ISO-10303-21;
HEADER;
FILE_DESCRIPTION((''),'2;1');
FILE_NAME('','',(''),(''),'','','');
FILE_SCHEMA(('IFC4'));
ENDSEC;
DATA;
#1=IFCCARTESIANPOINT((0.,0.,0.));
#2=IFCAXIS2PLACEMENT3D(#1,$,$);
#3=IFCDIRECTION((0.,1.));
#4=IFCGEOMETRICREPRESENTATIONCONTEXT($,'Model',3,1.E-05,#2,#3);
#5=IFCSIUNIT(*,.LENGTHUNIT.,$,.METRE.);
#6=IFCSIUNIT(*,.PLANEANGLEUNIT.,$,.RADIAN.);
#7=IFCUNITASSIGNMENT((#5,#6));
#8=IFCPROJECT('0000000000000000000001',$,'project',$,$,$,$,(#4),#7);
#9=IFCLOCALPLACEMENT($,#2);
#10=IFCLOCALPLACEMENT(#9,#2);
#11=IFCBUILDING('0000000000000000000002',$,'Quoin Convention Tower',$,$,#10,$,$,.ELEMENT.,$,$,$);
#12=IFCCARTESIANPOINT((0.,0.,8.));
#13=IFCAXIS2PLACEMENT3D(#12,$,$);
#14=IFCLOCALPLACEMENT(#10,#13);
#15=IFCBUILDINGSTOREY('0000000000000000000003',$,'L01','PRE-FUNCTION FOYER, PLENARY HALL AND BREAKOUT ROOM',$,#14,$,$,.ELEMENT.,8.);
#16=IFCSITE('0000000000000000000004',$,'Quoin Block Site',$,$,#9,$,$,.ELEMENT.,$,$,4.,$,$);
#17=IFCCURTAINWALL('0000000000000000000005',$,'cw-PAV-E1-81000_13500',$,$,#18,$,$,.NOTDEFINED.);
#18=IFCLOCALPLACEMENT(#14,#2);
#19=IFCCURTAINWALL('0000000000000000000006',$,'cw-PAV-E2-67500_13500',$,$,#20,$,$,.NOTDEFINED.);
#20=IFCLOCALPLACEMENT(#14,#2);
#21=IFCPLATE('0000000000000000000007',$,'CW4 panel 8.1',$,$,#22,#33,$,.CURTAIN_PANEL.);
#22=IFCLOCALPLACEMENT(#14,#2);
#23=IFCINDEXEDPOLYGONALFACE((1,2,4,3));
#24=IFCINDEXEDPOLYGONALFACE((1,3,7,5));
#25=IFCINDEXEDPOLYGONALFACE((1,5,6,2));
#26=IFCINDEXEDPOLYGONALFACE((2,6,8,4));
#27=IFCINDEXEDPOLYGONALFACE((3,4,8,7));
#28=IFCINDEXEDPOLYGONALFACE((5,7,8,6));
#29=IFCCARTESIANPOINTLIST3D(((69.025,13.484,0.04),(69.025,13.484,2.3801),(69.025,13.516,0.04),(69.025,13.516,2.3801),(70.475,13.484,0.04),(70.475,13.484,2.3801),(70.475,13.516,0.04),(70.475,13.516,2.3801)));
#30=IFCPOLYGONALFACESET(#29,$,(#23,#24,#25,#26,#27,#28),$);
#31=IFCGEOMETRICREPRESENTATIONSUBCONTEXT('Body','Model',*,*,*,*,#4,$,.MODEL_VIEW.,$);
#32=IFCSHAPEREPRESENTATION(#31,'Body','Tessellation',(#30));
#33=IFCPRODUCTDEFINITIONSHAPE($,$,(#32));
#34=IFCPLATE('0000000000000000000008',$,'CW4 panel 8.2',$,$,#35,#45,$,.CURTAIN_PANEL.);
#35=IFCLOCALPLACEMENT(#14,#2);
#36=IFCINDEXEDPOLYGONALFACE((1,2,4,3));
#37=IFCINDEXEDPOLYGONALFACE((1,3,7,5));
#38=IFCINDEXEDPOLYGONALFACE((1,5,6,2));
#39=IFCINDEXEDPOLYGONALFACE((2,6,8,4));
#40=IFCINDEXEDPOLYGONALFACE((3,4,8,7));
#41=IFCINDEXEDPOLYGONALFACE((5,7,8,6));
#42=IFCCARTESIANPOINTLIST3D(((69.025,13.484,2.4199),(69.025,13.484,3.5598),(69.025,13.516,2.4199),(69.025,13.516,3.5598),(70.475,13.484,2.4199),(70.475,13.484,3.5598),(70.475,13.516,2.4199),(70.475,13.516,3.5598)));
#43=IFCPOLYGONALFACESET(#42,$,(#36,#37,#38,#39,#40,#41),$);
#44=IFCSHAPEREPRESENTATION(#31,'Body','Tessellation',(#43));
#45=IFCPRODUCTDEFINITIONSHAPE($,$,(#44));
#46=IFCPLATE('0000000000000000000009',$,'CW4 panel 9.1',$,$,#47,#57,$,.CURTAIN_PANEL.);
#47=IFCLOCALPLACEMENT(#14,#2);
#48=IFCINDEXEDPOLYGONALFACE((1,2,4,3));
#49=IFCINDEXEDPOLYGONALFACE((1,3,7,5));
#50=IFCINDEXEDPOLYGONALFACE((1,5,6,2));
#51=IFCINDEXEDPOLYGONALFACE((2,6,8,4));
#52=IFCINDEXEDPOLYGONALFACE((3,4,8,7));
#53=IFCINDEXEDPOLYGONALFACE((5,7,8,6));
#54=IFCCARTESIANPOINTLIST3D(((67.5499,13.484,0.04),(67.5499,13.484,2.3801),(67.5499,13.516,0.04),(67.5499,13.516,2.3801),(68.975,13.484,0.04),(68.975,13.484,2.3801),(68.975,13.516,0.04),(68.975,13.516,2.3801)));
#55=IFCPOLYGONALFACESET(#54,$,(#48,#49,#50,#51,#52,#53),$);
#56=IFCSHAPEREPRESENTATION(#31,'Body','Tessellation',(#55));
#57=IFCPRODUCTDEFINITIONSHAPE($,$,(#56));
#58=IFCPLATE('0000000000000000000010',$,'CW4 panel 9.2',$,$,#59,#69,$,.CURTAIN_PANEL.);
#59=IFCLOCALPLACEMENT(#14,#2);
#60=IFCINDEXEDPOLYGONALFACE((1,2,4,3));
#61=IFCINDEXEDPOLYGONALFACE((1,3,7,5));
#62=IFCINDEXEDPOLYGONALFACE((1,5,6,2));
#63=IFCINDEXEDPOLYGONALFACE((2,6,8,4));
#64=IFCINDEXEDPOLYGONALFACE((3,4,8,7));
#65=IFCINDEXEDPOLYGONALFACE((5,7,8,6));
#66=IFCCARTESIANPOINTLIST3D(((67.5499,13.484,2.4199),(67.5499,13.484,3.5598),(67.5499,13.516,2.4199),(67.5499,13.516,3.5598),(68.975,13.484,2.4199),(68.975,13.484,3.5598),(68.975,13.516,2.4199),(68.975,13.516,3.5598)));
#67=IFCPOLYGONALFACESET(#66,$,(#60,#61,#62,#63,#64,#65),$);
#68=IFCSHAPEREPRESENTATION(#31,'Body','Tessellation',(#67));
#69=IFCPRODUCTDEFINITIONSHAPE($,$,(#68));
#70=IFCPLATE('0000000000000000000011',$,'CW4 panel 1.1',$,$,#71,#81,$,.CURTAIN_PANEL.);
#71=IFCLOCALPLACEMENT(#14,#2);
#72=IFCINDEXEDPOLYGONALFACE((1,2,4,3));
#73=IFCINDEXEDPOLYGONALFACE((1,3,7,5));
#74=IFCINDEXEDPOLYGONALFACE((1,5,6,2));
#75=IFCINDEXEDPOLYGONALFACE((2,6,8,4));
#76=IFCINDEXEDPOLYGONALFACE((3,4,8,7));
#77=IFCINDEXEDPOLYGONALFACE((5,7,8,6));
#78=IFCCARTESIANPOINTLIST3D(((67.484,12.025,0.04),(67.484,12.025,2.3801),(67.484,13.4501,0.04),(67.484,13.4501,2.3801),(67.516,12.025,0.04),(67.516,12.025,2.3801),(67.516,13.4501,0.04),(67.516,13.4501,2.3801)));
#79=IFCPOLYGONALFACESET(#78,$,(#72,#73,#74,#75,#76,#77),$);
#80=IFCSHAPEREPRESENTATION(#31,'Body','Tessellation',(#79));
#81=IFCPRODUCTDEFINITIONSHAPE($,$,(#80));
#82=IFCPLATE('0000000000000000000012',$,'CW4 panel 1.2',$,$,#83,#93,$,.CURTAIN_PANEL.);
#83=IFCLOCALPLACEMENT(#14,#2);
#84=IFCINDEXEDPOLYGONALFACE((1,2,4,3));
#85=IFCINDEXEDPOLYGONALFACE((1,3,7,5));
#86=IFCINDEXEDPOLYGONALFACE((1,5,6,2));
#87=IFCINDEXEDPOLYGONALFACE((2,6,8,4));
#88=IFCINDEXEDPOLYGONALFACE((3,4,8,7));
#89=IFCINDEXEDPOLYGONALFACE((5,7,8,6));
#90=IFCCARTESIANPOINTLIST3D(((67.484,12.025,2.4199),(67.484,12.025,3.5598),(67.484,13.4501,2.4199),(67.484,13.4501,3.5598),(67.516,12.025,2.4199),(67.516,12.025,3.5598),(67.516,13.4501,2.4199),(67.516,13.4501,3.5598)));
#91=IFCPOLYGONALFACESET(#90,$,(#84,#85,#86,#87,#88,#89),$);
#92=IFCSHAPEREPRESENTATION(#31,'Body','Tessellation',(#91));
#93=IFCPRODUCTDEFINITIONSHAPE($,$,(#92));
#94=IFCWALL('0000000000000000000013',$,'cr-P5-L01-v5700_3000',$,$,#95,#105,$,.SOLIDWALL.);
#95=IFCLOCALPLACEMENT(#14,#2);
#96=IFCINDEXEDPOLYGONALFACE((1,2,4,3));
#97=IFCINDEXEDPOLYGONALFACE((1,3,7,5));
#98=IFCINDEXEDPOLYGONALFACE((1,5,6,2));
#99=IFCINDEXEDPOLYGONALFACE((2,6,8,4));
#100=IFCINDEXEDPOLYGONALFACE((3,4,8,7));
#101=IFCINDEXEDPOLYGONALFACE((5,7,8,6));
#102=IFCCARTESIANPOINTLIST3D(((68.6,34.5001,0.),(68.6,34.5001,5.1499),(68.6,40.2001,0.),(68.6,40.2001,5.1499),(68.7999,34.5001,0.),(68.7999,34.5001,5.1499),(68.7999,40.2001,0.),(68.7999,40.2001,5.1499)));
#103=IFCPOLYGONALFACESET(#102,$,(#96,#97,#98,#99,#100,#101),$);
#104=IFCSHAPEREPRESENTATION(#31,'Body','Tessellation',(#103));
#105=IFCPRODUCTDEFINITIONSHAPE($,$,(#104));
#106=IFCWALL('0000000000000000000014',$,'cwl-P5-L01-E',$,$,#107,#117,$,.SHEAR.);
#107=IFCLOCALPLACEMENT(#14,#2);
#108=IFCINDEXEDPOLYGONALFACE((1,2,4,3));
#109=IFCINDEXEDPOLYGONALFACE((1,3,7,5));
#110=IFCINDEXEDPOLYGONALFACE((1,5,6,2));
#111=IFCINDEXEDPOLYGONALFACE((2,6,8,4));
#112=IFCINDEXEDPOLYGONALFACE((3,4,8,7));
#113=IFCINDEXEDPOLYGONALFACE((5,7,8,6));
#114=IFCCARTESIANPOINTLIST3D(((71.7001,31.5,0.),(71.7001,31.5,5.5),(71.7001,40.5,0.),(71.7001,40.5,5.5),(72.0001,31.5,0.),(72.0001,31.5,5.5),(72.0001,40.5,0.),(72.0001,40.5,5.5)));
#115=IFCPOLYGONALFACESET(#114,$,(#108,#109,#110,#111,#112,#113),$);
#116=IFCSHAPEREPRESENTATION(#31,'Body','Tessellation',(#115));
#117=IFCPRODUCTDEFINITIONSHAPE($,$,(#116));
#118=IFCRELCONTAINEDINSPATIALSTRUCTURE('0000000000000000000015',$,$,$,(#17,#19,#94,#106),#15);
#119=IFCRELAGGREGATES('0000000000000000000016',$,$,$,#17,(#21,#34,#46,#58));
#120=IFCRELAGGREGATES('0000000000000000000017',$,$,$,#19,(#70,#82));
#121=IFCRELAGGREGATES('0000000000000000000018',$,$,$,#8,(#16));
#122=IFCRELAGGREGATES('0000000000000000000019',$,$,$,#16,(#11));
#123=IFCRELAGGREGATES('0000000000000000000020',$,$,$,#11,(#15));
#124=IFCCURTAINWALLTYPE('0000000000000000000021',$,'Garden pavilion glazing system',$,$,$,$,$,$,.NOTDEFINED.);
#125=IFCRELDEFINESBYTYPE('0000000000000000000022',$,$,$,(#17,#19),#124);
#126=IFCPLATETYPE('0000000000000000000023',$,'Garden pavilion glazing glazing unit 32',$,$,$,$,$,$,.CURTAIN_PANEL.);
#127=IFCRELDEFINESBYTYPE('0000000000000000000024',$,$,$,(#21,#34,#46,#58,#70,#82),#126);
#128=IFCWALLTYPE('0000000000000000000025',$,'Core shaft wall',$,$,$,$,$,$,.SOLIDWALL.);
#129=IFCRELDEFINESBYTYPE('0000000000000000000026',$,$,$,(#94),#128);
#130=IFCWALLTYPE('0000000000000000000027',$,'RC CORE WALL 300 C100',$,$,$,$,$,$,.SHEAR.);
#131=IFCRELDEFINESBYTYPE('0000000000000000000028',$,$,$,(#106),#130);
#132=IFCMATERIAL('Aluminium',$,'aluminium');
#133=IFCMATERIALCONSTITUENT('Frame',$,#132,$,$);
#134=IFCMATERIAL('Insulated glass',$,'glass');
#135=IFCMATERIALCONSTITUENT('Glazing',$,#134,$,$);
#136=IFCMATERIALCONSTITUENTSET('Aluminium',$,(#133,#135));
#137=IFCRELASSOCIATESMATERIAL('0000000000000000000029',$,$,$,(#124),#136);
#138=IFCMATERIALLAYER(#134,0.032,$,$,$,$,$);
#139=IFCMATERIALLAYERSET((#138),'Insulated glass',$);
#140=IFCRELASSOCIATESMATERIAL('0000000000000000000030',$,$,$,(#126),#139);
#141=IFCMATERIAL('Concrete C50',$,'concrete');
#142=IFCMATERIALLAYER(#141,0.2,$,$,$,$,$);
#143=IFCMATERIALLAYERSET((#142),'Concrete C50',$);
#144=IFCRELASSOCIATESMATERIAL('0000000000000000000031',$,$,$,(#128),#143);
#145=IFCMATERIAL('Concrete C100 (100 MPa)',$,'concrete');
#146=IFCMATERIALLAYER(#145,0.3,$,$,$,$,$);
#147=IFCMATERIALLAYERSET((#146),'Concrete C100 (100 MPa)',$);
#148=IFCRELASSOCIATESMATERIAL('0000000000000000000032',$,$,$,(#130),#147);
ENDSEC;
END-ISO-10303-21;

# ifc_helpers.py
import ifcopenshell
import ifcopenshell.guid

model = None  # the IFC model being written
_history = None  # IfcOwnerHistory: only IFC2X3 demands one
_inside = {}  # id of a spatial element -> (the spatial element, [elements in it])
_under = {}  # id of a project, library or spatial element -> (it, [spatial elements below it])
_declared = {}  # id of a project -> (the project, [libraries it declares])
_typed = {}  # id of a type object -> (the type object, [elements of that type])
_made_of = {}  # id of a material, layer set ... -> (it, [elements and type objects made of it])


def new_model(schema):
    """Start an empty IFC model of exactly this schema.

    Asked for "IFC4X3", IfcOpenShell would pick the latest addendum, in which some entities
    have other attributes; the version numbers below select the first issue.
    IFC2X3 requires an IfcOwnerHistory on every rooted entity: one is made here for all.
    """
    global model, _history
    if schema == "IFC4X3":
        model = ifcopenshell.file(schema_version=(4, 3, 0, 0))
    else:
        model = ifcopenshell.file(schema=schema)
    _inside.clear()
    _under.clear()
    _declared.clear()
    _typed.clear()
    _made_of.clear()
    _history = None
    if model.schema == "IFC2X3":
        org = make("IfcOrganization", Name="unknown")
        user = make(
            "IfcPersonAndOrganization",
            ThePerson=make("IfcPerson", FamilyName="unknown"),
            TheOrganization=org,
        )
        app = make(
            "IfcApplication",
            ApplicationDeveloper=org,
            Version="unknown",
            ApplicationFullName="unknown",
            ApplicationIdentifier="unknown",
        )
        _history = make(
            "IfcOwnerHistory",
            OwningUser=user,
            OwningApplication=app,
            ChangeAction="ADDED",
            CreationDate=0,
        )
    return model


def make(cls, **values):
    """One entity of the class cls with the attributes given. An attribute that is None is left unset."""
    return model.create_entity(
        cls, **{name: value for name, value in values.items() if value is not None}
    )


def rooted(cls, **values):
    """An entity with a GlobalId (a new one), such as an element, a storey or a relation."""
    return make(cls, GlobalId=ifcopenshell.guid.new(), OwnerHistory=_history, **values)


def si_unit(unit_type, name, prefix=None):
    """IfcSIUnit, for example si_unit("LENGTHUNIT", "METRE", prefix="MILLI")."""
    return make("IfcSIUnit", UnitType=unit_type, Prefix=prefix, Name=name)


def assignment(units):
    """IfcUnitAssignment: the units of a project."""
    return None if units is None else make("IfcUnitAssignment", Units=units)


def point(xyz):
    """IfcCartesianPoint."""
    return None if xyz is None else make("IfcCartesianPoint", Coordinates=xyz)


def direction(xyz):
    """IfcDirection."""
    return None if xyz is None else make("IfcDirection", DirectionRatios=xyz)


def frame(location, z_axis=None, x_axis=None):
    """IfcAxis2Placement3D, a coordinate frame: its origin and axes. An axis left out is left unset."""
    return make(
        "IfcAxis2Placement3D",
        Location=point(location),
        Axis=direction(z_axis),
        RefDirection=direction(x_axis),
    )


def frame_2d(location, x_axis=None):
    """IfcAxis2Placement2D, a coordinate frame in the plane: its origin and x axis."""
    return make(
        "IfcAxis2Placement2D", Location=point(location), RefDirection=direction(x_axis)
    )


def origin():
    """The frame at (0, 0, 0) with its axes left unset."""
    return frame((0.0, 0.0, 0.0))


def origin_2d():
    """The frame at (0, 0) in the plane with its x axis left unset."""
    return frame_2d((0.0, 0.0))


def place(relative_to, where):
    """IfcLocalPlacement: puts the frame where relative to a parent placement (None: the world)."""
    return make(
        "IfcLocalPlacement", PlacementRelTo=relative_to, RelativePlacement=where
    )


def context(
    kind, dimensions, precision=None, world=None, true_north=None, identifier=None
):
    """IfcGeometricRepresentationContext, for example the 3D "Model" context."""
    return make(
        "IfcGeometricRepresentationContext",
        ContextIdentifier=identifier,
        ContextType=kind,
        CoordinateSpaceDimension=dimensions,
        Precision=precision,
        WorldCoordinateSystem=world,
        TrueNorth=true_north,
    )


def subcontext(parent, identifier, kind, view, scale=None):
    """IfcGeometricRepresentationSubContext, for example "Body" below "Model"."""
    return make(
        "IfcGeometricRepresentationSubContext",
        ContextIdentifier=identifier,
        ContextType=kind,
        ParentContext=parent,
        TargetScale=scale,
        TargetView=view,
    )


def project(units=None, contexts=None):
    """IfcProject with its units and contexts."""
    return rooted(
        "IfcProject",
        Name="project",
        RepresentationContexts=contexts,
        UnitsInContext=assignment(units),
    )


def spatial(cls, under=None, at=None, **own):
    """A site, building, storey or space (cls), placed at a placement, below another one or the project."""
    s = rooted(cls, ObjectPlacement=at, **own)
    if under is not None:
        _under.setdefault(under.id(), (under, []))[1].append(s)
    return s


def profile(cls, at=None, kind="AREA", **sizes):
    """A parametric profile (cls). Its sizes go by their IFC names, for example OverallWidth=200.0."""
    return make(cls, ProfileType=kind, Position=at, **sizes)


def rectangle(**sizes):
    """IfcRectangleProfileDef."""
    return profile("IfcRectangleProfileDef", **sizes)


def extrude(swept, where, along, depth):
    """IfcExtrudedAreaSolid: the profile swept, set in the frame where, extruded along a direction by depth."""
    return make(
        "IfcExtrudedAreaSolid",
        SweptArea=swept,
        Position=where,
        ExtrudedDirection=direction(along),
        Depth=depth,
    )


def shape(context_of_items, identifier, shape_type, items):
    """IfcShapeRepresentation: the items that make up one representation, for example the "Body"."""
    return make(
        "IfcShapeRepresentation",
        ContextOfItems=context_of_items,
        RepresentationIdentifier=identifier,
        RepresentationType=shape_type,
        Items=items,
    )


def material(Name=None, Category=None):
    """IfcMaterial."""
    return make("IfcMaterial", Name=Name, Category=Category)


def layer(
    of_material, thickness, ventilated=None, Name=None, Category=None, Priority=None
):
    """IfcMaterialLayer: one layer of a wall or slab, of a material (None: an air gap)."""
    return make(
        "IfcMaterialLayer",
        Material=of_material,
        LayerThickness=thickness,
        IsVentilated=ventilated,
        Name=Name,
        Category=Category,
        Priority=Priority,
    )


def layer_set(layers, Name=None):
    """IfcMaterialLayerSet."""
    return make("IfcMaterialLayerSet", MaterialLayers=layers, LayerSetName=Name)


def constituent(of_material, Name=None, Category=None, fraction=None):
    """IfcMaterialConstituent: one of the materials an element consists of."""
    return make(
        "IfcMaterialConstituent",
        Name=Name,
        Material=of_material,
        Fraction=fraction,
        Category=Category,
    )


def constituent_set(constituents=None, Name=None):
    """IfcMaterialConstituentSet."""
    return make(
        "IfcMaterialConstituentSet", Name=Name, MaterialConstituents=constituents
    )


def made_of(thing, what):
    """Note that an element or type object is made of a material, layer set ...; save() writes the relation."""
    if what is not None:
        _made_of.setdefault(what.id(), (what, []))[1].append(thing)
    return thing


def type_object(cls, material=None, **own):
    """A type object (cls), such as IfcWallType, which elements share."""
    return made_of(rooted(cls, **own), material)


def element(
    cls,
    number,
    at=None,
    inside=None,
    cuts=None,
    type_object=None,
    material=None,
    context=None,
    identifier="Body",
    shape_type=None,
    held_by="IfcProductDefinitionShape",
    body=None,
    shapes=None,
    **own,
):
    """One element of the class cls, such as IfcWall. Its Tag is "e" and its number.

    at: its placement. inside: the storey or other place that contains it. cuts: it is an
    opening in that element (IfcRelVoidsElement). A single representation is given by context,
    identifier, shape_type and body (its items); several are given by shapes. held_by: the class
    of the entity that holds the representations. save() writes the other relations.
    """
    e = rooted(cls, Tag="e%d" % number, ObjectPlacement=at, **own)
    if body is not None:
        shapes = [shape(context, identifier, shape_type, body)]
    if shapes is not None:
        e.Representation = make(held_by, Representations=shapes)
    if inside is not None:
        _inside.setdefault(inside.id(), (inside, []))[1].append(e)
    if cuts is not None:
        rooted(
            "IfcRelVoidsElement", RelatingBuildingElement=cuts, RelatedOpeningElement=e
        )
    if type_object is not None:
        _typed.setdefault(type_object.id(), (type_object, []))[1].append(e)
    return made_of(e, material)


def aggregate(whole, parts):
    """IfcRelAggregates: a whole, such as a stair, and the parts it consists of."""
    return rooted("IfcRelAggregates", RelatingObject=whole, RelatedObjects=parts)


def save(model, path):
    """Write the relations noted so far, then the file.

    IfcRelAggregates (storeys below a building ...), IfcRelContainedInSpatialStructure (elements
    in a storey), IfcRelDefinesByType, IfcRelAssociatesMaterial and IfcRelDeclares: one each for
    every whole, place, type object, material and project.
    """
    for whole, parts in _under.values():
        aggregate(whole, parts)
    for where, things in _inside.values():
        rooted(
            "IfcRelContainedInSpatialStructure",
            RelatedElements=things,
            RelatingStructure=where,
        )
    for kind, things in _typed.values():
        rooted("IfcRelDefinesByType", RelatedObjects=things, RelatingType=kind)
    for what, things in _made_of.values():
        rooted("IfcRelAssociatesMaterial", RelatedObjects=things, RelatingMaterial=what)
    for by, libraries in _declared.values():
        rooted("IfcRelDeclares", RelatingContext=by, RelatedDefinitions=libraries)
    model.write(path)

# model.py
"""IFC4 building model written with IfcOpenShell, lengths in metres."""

from ifc_helpers import new_model, si_unit, direction, frame, frame_2d, origin, origin_2d, place, context, subcontext, project, spatial, rectangle, extrude, material, layer, layer_set, constituent, constituent_set, type_object, element, aggregate, save


model = new_model("IFC4")

# Units and contexts
model_context = context("Model", 3, precision=1e-05, world=origin(), true_north=direction((0.0, 1.0)))
body_context = subcontext(model_context, "Body", "Model", "MODEL_VIEW")
ifc_project = project(units=[si_unit("LENGTHUNIT", "METRE"), si_unit("PLANEANGLEUNIT", "RADIAN")], contexts=[model_context])

# Site, building, storey
site_placement = place(None, origin())
site = spatial("IfcSite", under=ifc_project, at=site_placement, Name="Quoin Block Site", CompositionType="ELEMENT", RefElevation=4.0)
building_placement = place(site_placement, origin())
building = spatial("IfcBuilding", under=site, at=building_placement, Name="Quoin Convention Tower", CompositionType="ELEMENT")
storey_placement = place(building_placement, frame((0.0, 0.0, 8.0)))
storey = spatial("IfcBuildingStorey", under=building, at=storey_placement, Name="L01", Description="PRE-FUNCTION FOYER, PLENARY HALL AND BREAKOUT ROOM", CompositionType="ELEMENT", Elevation=8.0)

# Shared definitions
ifc_material_1 = material(Name="Concrete C100 (100 MPa)", Category="concrete")

# Curtain walls
ifc_material_2 = material(Name="Aluminium", Category="aluminium")
ifc_constituent_1 = constituent(ifc_material_2, Name="Frame")
ifc_material_3 = material(Name="Insulated glass", Category="glass")
ifc_constituent_2 = constituent(ifc_material_3, Name="Glazing")
ifc_constituent_set = constituent_set(constituents=[ifc_constituent_1, ifc_constituent_2], Name="Aluminium")
curtain_wall_type = type_object("IfcCurtainWallType", Name="Garden pavilion glazing system", PredefinedType="NOTDEFINED", material=ifc_constituent_set)
curtain_wall_1_placement = place(storey_placement, origin())
curtain_wall_1 = element("IfcCurtainWall", 1, at=curtain_wall_1_placement, inside=storey, type_object=curtain_wall_type, Name="cw-PAV-E1-81000_13500", PredefinedType="NOTDEFINED")
curtain_wall_2_placement = place(storey_placement, origin())
curtain_wall_2 = element("IfcCurtainWall", 2, at=curtain_wall_2_placement, inside=storey, type_object=curtain_wall_type, Name="cw-PAV-E2-67500_13500", PredefinedType="NOTDEFINED")

# Plates
ifc_layer_1 = layer(ifc_material_3, 0.032)
ifc_layer_set_1 = layer_set([ifc_layer_1], Name="Insulated glass")
plate_type = type_object("IfcPlateType", Name="Garden pavilion glazing glazing unit 32", PredefinedType="CURTAIN_PANEL", material=ifc_layer_set_1)
plate_1_placement = place(storey_placement, frame((69.75, 13.5, 0.04), z_axis=(0.0, 0.0, 1.0), x_axis=(-1.0, 0.0, 0.0)))
plate_1 = element("IfcPlate", 3, at=plate_1_placement, type_object=plate_type, Name="CW4 panel 8.1", PredefinedType="CURTAIN_PANEL", context=body_context, shape_type="SweptSolid", body=[
    extrude(rectangle(XDim=1.45, YDim=0.032, at=origin_2d()), origin(), (0.0, 0.0, 1.0), 2.3401),
])
plate_2_placement = place(storey_placement, frame((69.75, 13.5, 2.4199), z_axis=(0.0, 0.0, 1.0), x_axis=(-1.0, 0.0, 0.0)))
plate_2 = element("IfcPlate", 4, at=plate_2_placement, type_object=plate_type, Name="CW4 panel 8.2", PredefinedType="CURTAIN_PANEL", context=body_context, shape_type="SweptSolid", body=[
    extrude(rectangle(XDim=1.45, YDim=0.032, at=origin_2d()), origin(), (0.0, 0.0, 1.0), 1.1399),
])
plate_3_placement = place(storey_placement, frame((68.2625, 13.5, 0.04), z_axis=(0.0, 0.0, 1.0), x_axis=(-1.0, 0.0, 0.0)))
plate_3 = element("IfcPlate", 5, at=plate_3_placement, type_object=plate_type, Name="CW4 panel 9.1", PredefinedType="CURTAIN_PANEL", context=body_context, shape_type="SweptSolid", body=[
    extrude(rectangle(XDim=1.425, YDim=0.032, at=origin_2d()), origin(), (0.0, 0.0, 1.0), 2.3401),
])
plate_4_placement = place(storey_placement, frame((68.2625, 13.5, 2.4199), z_axis=(0.0, 0.0, 1.0), x_axis=(-1.0, 0.0, 0.0)))
plate_4 = element("IfcPlate", 6, at=plate_4_placement, type_object=plate_type, Name="CW4 panel 9.2", PredefinedType="CURTAIN_PANEL", context=body_context, shape_type="SweptSolid", body=[
    extrude(rectangle(XDim=1.425, YDim=0.032, at=origin_2d()), origin(), (0.0, 0.0, 1.0), 1.1399),
])
aggregate(curtain_wall_1, [plate_1, plate_2, plate_3, plate_4])
plate_5_placement = place(storey_placement, frame((67.5, 12.7375, 0.04), z_axis=(0.0, 0.0, 1.0), x_axis=(0.0, -1.0, 0.0)))
plate_5 = element("IfcPlate", 7, at=plate_5_placement, type_object=plate_type, Name="CW4 panel 1.1", PredefinedType="CURTAIN_PANEL", context=body_context, shape_type="SweptSolid", body=[
    extrude(rectangle(XDim=1.425, YDim=0.032, at=origin_2d()), origin(), (0.0, 0.0, 1.0), 2.3401),
])
plate_6_placement = place(storey_placement, frame((67.5, 12.7375, 2.4199), z_axis=(0.0, 0.0, 1.0), x_axis=(0.0, -1.0, 0.0)))
plate_6 = element("IfcPlate", 8, at=plate_6_placement, type_object=plate_type, Name="CW4 panel 1.2", PredefinedType="CURTAIN_PANEL", context=body_context, shape_type="SweptSolid", body=[
    extrude(rectangle(XDim=1.425, YDim=0.032, at=origin_2d()), origin(), (0.0, 0.0, 1.0), 1.1399),
])
aggregate(curtain_wall_2, [plate_5, plate_6])

# Walls
ifc_material_4 = material(Name="Concrete C50", Category="concrete")
ifc_layer_2 = layer(ifc_material_4, 0.2)
ifc_layer_set_2 = layer_set([ifc_layer_2], Name="Concrete C50")
wall_type_1 = type_object("IfcWallType", Name="Core shaft wall", PredefinedType="SOLIDWALL", material=ifc_layer_set_2)
wall_1_placement = place(storey_placement, frame((68.7, 34.5, 0.0), z_axis=(0.0, 0.0, 1.0), x_axis=(0.0, 1.0, 0.0)))
element("IfcWall", 9, at=wall_1_placement, inside=storey, type_object=wall_type_1, Name="cr-P5-L01-v5700_3000", PredefinedType="SOLIDWALL", context=body_context, shape_type="SweptSolid", body=[
    extrude(rectangle(XDim=5.7, YDim=0.2, at=frame_2d((2.8501, 0.0))), origin(), (0.0, 0.0, 1.0), 5.1499),
])
ifc_layer_3 = layer(ifc_material_1, 0.3)
ifc_layer_set_3 = layer_set([ifc_layer_3], Name="Concrete C100 (100 MPa)")
wall_type_2 = type_object("IfcWallType", Name="RC CORE WALL 300 C100", PredefinedType="SHEAR", material=ifc_layer_set_3)
wall_2_placement = place(storey_placement, frame((71.8501, 31.5, 0.0), z_axis=(0.0, 0.0, 1.0), x_axis=(0.0, 1.0, 0.0)))
element("IfcWall", 10, at=wall_2_placement, inside=storey, type_object=wall_type_2, Name="cwl-P5-L01-E", PredefinedType="SHEAR", context=body_context, shape_type="SweptSolid", body=[
    extrude(rectangle(XDim=9.0, YDim=0.3, at=frame_2d((4.5, 0.0))), origin(), (0.0, 0.0, 1.0), 5.5),
])

save(model, "model.ifc")
